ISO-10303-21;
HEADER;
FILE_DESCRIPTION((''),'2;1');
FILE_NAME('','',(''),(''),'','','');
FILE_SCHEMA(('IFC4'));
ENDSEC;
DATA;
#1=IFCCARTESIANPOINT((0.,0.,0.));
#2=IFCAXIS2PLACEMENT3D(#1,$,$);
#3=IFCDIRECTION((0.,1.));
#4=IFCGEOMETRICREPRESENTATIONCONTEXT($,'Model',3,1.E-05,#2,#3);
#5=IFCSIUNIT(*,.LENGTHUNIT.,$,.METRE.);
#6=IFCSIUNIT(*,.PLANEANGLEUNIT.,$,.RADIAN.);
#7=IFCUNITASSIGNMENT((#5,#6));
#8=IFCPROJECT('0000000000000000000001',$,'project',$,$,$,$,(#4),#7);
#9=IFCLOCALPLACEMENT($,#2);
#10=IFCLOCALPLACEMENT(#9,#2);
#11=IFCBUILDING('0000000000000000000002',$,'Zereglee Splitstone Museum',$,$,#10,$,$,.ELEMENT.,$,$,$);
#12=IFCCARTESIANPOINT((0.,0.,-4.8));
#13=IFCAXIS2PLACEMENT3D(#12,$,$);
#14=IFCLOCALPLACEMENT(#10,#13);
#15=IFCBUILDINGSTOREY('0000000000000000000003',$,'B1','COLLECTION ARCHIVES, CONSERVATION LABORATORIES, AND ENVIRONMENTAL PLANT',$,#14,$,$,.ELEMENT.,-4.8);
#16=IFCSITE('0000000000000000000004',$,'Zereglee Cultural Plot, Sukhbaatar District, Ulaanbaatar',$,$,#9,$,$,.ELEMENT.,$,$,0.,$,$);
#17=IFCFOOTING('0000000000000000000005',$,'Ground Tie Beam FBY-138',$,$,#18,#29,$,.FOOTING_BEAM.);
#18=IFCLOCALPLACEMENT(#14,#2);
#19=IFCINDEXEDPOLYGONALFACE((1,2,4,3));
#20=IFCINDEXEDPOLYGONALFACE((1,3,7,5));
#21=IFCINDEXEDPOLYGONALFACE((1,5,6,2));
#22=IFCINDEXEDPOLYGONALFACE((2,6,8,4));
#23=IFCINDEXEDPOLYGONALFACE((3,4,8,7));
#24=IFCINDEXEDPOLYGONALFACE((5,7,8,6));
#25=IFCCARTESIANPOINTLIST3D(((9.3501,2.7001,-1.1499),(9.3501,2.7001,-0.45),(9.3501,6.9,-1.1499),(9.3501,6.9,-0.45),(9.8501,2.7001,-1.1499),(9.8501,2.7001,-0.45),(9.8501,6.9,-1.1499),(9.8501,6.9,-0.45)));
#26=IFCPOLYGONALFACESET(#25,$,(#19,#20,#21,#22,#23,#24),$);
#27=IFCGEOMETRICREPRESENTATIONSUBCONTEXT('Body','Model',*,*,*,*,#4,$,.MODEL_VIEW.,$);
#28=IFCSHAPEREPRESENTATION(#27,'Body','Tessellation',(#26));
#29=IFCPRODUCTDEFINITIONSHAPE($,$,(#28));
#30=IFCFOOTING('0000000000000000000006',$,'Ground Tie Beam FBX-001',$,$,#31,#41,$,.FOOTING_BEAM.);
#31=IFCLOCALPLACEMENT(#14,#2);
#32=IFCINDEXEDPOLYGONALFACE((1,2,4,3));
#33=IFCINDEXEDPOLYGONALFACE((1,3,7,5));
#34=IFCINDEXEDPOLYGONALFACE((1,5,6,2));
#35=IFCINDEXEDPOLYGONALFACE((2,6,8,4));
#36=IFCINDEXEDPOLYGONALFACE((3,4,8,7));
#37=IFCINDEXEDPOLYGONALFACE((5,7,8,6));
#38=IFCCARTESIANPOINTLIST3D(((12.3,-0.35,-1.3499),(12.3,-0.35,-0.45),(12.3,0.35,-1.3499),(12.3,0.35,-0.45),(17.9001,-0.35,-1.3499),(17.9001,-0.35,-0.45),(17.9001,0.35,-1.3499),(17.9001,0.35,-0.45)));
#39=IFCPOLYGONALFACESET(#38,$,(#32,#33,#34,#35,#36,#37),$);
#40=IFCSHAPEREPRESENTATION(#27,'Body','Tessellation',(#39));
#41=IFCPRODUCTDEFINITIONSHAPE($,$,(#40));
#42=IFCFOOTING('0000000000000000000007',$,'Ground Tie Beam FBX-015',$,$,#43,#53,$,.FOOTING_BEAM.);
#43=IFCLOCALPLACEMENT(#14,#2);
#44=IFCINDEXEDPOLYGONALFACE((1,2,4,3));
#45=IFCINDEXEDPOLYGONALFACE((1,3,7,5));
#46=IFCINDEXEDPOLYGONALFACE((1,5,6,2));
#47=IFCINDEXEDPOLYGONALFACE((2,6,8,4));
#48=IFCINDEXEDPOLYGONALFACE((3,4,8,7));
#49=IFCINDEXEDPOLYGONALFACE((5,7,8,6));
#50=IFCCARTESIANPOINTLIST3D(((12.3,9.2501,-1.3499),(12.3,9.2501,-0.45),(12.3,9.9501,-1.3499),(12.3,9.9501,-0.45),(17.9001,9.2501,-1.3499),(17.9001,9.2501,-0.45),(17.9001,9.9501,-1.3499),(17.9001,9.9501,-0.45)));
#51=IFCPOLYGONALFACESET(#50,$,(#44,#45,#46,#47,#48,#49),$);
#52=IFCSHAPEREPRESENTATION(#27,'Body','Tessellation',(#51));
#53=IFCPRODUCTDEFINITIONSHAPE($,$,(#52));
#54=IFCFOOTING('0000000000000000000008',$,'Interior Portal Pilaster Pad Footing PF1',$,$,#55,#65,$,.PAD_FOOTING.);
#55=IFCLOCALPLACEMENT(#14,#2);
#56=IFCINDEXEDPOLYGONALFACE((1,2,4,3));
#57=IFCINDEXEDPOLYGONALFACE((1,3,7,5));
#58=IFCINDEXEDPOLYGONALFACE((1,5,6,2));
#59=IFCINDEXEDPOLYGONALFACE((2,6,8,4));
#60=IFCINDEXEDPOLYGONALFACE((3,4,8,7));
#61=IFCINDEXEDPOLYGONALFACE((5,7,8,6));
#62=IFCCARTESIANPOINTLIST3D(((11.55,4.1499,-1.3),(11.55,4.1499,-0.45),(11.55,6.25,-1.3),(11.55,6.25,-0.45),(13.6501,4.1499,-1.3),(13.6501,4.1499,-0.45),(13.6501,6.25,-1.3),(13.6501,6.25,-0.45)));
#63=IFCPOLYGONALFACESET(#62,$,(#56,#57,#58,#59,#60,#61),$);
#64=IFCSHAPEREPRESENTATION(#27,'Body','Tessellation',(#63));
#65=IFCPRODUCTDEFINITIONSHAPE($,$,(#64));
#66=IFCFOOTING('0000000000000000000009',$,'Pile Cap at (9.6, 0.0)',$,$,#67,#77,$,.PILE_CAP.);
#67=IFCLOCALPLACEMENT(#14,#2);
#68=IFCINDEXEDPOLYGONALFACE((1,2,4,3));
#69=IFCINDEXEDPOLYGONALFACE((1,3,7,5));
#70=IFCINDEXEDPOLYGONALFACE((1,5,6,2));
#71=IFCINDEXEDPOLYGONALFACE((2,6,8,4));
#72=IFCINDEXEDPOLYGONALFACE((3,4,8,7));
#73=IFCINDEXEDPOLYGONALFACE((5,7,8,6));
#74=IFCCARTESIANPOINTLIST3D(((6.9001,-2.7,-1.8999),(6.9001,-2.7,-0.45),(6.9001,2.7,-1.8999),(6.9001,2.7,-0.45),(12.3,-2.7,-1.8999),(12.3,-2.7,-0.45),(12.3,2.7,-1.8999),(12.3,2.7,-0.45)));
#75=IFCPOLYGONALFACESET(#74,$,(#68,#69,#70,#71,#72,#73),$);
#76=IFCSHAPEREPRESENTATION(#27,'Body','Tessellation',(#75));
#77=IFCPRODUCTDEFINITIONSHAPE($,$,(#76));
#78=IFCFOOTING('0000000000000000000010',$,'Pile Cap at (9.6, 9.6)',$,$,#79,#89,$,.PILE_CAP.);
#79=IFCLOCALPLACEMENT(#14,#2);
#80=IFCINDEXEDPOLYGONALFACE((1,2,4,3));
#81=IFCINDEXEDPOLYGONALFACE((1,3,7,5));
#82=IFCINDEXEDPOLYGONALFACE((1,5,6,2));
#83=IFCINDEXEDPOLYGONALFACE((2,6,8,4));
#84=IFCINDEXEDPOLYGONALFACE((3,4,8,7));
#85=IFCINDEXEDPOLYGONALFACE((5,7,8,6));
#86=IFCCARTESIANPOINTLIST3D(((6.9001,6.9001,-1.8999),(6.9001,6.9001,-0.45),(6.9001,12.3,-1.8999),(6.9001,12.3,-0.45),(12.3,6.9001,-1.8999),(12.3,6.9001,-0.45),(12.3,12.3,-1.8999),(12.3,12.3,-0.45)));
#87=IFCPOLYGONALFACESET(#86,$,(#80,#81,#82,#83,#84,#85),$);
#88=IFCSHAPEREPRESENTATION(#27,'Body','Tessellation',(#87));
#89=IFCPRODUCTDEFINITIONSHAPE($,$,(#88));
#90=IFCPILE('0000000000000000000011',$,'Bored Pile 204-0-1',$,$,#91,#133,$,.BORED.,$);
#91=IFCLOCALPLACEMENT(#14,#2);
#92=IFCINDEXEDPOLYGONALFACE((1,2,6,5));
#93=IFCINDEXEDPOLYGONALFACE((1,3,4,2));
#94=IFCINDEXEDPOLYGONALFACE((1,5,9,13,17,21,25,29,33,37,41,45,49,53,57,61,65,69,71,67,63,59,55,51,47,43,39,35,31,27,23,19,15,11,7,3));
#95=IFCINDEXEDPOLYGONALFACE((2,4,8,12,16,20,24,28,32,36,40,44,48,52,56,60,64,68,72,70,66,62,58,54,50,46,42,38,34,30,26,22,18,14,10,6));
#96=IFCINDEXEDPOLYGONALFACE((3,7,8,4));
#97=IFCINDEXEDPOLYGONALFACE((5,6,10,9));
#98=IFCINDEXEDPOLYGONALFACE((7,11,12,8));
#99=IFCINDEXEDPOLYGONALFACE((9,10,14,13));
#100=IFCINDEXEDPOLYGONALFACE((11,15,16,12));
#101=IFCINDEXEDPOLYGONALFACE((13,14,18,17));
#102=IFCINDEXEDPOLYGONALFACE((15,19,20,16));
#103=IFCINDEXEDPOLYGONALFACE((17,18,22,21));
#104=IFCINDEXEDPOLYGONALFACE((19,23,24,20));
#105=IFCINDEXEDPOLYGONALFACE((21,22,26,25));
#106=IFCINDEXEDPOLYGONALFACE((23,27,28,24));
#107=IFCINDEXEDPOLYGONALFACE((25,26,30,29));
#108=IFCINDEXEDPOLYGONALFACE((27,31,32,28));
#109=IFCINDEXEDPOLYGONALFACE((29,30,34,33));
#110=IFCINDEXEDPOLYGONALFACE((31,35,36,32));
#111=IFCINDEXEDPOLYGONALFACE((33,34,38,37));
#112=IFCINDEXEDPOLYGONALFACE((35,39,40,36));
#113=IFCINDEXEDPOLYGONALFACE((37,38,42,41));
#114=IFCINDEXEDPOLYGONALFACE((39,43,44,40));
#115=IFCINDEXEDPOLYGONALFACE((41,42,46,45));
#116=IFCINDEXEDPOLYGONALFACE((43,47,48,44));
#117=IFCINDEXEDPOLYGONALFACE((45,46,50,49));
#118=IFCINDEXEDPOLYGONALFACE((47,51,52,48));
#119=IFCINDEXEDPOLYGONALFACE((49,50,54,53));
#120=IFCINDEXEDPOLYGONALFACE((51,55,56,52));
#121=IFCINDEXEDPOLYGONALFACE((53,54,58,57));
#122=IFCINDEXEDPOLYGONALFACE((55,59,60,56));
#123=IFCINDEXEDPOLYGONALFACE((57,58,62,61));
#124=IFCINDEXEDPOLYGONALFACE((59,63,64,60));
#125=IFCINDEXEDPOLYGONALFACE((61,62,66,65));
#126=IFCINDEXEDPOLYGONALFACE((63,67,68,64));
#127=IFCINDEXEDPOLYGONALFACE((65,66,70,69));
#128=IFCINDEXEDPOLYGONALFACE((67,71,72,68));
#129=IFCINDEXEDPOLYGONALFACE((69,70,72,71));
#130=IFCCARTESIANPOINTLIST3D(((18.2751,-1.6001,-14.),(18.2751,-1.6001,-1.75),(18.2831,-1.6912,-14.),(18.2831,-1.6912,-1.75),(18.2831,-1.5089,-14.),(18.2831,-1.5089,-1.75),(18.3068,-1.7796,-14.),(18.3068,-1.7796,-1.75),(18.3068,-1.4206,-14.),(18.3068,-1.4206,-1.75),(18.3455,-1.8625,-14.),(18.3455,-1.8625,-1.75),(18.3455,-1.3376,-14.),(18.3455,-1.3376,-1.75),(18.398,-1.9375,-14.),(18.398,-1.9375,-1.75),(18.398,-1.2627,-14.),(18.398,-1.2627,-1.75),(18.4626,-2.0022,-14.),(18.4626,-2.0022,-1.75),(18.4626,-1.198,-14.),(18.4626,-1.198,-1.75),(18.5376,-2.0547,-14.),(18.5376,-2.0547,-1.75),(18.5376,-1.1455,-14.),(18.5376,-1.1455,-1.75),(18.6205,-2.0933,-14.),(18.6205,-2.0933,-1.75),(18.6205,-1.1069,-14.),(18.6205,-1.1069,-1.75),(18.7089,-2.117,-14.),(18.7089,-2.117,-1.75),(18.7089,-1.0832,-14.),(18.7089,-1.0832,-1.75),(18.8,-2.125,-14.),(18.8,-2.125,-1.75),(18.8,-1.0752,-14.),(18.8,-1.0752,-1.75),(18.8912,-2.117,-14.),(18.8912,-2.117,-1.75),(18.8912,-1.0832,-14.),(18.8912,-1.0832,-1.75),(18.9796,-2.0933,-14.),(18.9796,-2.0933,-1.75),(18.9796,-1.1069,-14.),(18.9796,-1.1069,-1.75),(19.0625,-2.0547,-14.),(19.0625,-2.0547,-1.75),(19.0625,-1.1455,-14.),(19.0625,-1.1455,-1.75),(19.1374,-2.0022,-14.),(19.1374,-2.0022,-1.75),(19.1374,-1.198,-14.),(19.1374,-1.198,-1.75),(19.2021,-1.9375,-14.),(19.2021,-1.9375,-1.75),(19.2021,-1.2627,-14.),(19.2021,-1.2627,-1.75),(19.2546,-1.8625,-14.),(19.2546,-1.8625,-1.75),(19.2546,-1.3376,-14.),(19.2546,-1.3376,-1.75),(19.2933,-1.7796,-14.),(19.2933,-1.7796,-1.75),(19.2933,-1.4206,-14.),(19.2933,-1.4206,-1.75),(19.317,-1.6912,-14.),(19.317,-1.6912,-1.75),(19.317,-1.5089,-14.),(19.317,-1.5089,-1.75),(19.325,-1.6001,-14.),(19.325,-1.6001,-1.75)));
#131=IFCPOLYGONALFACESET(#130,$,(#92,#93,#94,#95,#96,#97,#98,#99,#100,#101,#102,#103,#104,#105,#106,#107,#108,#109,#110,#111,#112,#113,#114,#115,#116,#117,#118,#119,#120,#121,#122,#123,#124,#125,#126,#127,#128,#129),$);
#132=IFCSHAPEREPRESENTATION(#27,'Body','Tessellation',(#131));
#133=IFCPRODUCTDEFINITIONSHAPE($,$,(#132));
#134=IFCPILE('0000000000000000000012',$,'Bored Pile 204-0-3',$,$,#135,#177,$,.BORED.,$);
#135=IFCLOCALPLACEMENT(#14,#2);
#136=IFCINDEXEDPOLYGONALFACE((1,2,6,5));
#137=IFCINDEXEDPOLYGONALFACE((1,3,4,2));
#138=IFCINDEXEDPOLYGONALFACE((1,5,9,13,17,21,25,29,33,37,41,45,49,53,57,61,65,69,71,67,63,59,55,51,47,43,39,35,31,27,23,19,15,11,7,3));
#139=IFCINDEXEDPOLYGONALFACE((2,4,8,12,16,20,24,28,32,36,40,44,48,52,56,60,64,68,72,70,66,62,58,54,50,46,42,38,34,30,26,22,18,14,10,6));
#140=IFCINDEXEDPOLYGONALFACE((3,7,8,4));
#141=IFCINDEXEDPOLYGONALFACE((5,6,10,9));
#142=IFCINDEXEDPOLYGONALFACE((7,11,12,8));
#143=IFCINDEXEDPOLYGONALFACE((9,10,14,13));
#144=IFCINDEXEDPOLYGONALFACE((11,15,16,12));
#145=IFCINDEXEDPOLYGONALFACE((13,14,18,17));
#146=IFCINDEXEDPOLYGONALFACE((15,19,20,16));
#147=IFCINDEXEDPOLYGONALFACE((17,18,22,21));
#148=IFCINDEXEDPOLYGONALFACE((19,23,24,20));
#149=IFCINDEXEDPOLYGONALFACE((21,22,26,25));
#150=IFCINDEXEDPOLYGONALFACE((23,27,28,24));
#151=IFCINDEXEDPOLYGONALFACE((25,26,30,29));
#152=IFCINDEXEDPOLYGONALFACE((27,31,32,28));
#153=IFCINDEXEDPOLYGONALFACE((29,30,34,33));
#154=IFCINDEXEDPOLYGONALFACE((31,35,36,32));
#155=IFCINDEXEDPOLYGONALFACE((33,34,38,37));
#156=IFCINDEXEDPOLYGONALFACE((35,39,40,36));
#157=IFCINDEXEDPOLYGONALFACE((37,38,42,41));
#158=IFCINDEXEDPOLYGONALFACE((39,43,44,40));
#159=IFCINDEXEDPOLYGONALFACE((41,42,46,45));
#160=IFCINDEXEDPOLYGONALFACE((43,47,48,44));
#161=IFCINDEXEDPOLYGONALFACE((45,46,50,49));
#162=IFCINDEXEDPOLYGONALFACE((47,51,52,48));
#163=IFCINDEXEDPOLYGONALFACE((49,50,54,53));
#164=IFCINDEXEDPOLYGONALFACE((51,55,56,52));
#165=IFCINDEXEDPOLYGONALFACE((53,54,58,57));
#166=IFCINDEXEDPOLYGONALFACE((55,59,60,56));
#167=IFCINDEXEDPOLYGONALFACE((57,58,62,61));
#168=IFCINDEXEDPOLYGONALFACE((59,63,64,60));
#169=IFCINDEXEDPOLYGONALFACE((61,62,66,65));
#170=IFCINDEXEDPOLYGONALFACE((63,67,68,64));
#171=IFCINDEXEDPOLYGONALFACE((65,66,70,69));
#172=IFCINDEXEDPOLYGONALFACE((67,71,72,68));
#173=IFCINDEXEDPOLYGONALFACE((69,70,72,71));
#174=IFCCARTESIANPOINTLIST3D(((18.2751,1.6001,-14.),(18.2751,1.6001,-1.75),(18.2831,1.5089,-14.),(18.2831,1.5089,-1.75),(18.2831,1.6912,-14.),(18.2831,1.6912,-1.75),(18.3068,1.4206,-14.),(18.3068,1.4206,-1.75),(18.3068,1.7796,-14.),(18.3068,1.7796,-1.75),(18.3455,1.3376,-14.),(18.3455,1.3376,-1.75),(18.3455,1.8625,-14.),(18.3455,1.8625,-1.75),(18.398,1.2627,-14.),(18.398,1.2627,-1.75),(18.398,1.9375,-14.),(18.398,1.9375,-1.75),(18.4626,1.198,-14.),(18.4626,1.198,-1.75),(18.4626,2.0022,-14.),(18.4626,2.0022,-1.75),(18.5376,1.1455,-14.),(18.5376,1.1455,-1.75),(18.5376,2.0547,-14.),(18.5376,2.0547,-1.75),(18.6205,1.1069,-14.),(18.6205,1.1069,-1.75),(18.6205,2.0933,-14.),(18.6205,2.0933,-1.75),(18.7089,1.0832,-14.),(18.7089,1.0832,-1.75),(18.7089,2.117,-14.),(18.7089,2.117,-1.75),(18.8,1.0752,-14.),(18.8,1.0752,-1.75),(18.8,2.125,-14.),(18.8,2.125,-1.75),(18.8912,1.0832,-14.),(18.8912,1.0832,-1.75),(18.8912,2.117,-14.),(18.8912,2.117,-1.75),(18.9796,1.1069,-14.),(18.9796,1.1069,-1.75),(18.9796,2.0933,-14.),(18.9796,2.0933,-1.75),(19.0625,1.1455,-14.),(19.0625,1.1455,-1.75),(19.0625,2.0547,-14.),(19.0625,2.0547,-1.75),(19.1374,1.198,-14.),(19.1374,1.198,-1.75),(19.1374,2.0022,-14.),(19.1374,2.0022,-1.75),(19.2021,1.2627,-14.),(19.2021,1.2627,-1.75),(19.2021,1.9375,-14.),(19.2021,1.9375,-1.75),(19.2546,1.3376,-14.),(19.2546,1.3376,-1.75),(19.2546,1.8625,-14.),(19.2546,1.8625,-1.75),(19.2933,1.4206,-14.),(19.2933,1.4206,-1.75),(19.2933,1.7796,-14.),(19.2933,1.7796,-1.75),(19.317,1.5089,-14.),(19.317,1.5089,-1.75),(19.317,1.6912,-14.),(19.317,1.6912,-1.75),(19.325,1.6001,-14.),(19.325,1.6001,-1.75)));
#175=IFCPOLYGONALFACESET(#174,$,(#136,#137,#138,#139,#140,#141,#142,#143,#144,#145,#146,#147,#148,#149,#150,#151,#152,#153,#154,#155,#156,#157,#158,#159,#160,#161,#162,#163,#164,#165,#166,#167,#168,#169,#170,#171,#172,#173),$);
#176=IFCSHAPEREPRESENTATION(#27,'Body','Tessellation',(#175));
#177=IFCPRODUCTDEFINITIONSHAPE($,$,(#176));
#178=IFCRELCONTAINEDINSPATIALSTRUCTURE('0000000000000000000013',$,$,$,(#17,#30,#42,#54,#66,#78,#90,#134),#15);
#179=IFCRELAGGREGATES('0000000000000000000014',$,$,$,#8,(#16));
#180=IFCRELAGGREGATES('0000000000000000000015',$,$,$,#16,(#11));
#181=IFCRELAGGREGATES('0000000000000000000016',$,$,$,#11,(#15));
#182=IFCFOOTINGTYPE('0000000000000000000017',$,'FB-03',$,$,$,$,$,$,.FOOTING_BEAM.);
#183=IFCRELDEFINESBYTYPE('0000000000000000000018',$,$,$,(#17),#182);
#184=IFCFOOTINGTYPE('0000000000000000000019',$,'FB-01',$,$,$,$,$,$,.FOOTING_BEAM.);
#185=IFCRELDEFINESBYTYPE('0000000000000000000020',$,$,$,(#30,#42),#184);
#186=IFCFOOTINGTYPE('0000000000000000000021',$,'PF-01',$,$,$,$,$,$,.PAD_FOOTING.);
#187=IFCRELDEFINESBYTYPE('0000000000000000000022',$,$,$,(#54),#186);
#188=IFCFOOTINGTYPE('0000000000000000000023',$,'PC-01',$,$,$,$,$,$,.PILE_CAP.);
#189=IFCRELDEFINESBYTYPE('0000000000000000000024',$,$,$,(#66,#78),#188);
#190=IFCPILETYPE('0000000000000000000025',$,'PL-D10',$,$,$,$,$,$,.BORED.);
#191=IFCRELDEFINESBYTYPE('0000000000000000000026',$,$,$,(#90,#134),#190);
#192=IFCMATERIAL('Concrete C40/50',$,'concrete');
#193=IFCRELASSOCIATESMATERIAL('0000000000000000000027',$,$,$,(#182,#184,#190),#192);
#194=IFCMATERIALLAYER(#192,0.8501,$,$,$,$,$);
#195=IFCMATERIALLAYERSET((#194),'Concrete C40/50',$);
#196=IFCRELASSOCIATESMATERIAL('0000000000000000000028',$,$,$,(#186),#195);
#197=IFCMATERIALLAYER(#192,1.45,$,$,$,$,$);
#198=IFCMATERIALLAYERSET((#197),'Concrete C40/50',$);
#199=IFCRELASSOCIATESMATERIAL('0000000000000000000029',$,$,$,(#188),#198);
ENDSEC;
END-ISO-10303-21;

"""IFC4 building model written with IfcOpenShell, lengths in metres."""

from ifc_helpers import new_model, si_unit, direction, frame, origin, origin_2d, place, context, subcontext, project, spatial, rectangle, circle, extrude, material, layer, layer_set, material_profile, profile_set, type_object, element, save


model = new_model("IFC4")

# Units and contexts
model_context = context("Model", 3, precision=1e-05, world=origin(), true_north=direction((0.0, 1.0)))
body_context = subcontext(model_context, "Body", "Model", "MODEL_VIEW")
ifc_project = project(units=[si_unit("LENGTHUNIT", "METRE"), si_unit("PLANEANGLEUNIT", "RADIAN")], contexts=[model_context])

# Site, building, storey
site_placement = place(None, origin())
site = spatial("IfcSite", under=ifc_project, at=site_placement, Name="Zereglee Cultural Plot, Sukhbaatar District, Ulaanbaatar", CompositionType="ELEMENT", RefElevation=0.0)
building_placement = place(site_placement, origin())
building = spatial("IfcBuilding", under=site, at=building_placement, Name="Zereglee Splitstone Museum", CompositionType="ELEMENT")
storey_placement = place(building_placement, frame((0.0, 0.0, -4.8)))
storey = spatial("IfcBuildingStorey", under=building, at=storey_placement, Name="B1", Description="COLLECTION ARCHIVES, CONSERVATION LABORATORIES, AND ENVIRONMENTAL PLANT", CompositionType="ELEMENT", Elevation=-4.8)

# Footings
ifc_material_1 = material(Name="Concrete C40/50", Category="concrete")
footing_type_1 = type_object("IfcFootingType", Name="FB-03", PredefinedType="FOOTING_BEAM", material=ifc_material_1)
footing_1_placement = place(storey_placement, frame((9.6001, 4.8, -1.1499), z_axis=(0.0, 0.0, 1.0), x_axis=(0.0, 1.0, 0.0)))
element("IfcFooting", 1, at=footing_1_placement, inside=storey, type_object=footing_type_1, Name="Ground Tie Beam FBY-138", PredefinedType="FOOTING_BEAM", context=body_context, shape_type="SweptSolid", body=[
    extrude(rectangle(XDim=4.2, YDim=0.5, at=origin_2d()), origin(), (0.0, 0.0, 1.0), 0.7),
])
footing_type_2 = type_object("IfcFootingType", Name="FB-01", PredefinedType="FOOTING_BEAM", material=ifc_material_1)
for number, where, z_axis, x_axis, name in (
    (2, (15.1001, 0.0, -1.3499), (0.0, 0.0, 1.0), (1.0, 0.0, 0.0), "Ground Tie Beam FBX-001"),
    (3, (15.1001, 9.6001, -1.3499), (0.0, 0.0, 1.0), (1.0, 0.0, 0.0), "Ground Tie Beam FBX-015"),
):
    element("IfcFooting", number, at=place(storey_placement, frame(where, z_axis=z_axis, x_axis=x_axis)), inside=storey, type_object=footing_type_2, Name=name, PredefinedType="FOOTING_BEAM", context=body_context, shape_type="SweptSolid", body=[
        extrude(rectangle(XDim=5.6001, YDim=0.7, at=origin_2d()), origin(), (0.0, 0.0, 1.0), 0.8999),
    ])
ifc_layer_1 = layer(ifc_material_1, 0.8501)
ifc_layer_set_1 = layer_set([ifc_layer_1], Name="Concrete C40/50")
footing_type_3 = type_object("IfcFootingType", Name="PF-01", PredefinedType="PAD_FOOTING", material=ifc_layer_set_1)
footing_2_placement = place(storey_placement, frame((12.6001, 5.2, -1.3), z_axis=(0.0, 0.0, 1.0), x_axis=(1.0, 0.0, 0.0)))
element("IfcFooting", 4, at=footing_2_placement, inside=storey, type_object=footing_type_3, Name="Interior Portal Pilaster Pad Footing PF1", PredefinedType="PAD_FOOTING", context=body_context, shape_type="SweptSolid", body=[
    extrude(rectangle(XDim=2.1001, YDim=2.1001, at=origin_2d()), origin(), (0.0, 0.0, 1.0), 0.8501),
])
ifc_layer_2 = layer(ifc_material_1, 1.45)
ifc_layer_set_2 = layer_set([ifc_layer_2], Name="Concrete C40/50")
footing_type_4 = type_object("IfcFootingType", Name="PC-01", PredefinedType="PILE_CAP", material=ifc_layer_set_2)
for number, where, z_axis, x_axis, name in (
    (5, (9.6001, 0.0, -1.8999), (0.0, 0.0, 1.0), (1.0, 0.0, 0.0), "Pile Cap at (9.6, 0.0)"),
    (6, (9.6001, 9.6001, -1.8999), (0.0, 0.0, 1.0), (1.0, 0.0, 0.0), "Pile Cap at (9.6, 9.6)"),
):
    element("IfcFooting", number, at=place(storey_placement, frame(where, z_axis=z_axis, x_axis=x_axis)), inside=storey, type_object=footing_type_4, Name=name, PredefinedType="PILE_CAP", context=body_context, shape_type="SweptSolid", body=[
        extrude(rectangle(XDim=5.3999, YDim=5.3999, at=origin_2d()), origin(), (0.0, 0.0, 1.0), 1.45),
    ])

# Piles
ifc_material_profile_1 = material_profile(ifc_material_1, circle(Radius=0.5249, at=origin_2d()), Name="PILE D1050")
ifc_profile_set_1 = profile_set([ifc_material_profile_1], Name="Concrete C40/50")
pile_type_1 = type_object("IfcPileType", Name="PL-D10", PredefinedType="BORED", material=ifc_profile_set_1)
for number, where, z_axis, x_axis, name in (
    (7, (18.8, -1.6001, -1.75), (0.0, 0.0, -1.0), (1.0, 0.0, 0.0), "Bored Pile 204-0-1"),
    (8, (18.8, 1.6001, -1.75), (0.0, 0.0, -1.0), (1.0, 0.0, 0.0), "Bored Pile 204-0-3"),
):
    element("IfcPile", number, at=place(storey_placement, frame(where, z_axis=z_axis, x_axis=x_axis)), inside=storey, type_object=pile_type_1, Name=name, PredefinedType="BORED", context=body_context, shape_type="SweptSolid", body=[
        extrude(circle(Radius=0.5249, at=origin_2d()), origin(), (0.0, 0.0, 1.0), 12.25),
    ])

save(model, "model.ifc")
